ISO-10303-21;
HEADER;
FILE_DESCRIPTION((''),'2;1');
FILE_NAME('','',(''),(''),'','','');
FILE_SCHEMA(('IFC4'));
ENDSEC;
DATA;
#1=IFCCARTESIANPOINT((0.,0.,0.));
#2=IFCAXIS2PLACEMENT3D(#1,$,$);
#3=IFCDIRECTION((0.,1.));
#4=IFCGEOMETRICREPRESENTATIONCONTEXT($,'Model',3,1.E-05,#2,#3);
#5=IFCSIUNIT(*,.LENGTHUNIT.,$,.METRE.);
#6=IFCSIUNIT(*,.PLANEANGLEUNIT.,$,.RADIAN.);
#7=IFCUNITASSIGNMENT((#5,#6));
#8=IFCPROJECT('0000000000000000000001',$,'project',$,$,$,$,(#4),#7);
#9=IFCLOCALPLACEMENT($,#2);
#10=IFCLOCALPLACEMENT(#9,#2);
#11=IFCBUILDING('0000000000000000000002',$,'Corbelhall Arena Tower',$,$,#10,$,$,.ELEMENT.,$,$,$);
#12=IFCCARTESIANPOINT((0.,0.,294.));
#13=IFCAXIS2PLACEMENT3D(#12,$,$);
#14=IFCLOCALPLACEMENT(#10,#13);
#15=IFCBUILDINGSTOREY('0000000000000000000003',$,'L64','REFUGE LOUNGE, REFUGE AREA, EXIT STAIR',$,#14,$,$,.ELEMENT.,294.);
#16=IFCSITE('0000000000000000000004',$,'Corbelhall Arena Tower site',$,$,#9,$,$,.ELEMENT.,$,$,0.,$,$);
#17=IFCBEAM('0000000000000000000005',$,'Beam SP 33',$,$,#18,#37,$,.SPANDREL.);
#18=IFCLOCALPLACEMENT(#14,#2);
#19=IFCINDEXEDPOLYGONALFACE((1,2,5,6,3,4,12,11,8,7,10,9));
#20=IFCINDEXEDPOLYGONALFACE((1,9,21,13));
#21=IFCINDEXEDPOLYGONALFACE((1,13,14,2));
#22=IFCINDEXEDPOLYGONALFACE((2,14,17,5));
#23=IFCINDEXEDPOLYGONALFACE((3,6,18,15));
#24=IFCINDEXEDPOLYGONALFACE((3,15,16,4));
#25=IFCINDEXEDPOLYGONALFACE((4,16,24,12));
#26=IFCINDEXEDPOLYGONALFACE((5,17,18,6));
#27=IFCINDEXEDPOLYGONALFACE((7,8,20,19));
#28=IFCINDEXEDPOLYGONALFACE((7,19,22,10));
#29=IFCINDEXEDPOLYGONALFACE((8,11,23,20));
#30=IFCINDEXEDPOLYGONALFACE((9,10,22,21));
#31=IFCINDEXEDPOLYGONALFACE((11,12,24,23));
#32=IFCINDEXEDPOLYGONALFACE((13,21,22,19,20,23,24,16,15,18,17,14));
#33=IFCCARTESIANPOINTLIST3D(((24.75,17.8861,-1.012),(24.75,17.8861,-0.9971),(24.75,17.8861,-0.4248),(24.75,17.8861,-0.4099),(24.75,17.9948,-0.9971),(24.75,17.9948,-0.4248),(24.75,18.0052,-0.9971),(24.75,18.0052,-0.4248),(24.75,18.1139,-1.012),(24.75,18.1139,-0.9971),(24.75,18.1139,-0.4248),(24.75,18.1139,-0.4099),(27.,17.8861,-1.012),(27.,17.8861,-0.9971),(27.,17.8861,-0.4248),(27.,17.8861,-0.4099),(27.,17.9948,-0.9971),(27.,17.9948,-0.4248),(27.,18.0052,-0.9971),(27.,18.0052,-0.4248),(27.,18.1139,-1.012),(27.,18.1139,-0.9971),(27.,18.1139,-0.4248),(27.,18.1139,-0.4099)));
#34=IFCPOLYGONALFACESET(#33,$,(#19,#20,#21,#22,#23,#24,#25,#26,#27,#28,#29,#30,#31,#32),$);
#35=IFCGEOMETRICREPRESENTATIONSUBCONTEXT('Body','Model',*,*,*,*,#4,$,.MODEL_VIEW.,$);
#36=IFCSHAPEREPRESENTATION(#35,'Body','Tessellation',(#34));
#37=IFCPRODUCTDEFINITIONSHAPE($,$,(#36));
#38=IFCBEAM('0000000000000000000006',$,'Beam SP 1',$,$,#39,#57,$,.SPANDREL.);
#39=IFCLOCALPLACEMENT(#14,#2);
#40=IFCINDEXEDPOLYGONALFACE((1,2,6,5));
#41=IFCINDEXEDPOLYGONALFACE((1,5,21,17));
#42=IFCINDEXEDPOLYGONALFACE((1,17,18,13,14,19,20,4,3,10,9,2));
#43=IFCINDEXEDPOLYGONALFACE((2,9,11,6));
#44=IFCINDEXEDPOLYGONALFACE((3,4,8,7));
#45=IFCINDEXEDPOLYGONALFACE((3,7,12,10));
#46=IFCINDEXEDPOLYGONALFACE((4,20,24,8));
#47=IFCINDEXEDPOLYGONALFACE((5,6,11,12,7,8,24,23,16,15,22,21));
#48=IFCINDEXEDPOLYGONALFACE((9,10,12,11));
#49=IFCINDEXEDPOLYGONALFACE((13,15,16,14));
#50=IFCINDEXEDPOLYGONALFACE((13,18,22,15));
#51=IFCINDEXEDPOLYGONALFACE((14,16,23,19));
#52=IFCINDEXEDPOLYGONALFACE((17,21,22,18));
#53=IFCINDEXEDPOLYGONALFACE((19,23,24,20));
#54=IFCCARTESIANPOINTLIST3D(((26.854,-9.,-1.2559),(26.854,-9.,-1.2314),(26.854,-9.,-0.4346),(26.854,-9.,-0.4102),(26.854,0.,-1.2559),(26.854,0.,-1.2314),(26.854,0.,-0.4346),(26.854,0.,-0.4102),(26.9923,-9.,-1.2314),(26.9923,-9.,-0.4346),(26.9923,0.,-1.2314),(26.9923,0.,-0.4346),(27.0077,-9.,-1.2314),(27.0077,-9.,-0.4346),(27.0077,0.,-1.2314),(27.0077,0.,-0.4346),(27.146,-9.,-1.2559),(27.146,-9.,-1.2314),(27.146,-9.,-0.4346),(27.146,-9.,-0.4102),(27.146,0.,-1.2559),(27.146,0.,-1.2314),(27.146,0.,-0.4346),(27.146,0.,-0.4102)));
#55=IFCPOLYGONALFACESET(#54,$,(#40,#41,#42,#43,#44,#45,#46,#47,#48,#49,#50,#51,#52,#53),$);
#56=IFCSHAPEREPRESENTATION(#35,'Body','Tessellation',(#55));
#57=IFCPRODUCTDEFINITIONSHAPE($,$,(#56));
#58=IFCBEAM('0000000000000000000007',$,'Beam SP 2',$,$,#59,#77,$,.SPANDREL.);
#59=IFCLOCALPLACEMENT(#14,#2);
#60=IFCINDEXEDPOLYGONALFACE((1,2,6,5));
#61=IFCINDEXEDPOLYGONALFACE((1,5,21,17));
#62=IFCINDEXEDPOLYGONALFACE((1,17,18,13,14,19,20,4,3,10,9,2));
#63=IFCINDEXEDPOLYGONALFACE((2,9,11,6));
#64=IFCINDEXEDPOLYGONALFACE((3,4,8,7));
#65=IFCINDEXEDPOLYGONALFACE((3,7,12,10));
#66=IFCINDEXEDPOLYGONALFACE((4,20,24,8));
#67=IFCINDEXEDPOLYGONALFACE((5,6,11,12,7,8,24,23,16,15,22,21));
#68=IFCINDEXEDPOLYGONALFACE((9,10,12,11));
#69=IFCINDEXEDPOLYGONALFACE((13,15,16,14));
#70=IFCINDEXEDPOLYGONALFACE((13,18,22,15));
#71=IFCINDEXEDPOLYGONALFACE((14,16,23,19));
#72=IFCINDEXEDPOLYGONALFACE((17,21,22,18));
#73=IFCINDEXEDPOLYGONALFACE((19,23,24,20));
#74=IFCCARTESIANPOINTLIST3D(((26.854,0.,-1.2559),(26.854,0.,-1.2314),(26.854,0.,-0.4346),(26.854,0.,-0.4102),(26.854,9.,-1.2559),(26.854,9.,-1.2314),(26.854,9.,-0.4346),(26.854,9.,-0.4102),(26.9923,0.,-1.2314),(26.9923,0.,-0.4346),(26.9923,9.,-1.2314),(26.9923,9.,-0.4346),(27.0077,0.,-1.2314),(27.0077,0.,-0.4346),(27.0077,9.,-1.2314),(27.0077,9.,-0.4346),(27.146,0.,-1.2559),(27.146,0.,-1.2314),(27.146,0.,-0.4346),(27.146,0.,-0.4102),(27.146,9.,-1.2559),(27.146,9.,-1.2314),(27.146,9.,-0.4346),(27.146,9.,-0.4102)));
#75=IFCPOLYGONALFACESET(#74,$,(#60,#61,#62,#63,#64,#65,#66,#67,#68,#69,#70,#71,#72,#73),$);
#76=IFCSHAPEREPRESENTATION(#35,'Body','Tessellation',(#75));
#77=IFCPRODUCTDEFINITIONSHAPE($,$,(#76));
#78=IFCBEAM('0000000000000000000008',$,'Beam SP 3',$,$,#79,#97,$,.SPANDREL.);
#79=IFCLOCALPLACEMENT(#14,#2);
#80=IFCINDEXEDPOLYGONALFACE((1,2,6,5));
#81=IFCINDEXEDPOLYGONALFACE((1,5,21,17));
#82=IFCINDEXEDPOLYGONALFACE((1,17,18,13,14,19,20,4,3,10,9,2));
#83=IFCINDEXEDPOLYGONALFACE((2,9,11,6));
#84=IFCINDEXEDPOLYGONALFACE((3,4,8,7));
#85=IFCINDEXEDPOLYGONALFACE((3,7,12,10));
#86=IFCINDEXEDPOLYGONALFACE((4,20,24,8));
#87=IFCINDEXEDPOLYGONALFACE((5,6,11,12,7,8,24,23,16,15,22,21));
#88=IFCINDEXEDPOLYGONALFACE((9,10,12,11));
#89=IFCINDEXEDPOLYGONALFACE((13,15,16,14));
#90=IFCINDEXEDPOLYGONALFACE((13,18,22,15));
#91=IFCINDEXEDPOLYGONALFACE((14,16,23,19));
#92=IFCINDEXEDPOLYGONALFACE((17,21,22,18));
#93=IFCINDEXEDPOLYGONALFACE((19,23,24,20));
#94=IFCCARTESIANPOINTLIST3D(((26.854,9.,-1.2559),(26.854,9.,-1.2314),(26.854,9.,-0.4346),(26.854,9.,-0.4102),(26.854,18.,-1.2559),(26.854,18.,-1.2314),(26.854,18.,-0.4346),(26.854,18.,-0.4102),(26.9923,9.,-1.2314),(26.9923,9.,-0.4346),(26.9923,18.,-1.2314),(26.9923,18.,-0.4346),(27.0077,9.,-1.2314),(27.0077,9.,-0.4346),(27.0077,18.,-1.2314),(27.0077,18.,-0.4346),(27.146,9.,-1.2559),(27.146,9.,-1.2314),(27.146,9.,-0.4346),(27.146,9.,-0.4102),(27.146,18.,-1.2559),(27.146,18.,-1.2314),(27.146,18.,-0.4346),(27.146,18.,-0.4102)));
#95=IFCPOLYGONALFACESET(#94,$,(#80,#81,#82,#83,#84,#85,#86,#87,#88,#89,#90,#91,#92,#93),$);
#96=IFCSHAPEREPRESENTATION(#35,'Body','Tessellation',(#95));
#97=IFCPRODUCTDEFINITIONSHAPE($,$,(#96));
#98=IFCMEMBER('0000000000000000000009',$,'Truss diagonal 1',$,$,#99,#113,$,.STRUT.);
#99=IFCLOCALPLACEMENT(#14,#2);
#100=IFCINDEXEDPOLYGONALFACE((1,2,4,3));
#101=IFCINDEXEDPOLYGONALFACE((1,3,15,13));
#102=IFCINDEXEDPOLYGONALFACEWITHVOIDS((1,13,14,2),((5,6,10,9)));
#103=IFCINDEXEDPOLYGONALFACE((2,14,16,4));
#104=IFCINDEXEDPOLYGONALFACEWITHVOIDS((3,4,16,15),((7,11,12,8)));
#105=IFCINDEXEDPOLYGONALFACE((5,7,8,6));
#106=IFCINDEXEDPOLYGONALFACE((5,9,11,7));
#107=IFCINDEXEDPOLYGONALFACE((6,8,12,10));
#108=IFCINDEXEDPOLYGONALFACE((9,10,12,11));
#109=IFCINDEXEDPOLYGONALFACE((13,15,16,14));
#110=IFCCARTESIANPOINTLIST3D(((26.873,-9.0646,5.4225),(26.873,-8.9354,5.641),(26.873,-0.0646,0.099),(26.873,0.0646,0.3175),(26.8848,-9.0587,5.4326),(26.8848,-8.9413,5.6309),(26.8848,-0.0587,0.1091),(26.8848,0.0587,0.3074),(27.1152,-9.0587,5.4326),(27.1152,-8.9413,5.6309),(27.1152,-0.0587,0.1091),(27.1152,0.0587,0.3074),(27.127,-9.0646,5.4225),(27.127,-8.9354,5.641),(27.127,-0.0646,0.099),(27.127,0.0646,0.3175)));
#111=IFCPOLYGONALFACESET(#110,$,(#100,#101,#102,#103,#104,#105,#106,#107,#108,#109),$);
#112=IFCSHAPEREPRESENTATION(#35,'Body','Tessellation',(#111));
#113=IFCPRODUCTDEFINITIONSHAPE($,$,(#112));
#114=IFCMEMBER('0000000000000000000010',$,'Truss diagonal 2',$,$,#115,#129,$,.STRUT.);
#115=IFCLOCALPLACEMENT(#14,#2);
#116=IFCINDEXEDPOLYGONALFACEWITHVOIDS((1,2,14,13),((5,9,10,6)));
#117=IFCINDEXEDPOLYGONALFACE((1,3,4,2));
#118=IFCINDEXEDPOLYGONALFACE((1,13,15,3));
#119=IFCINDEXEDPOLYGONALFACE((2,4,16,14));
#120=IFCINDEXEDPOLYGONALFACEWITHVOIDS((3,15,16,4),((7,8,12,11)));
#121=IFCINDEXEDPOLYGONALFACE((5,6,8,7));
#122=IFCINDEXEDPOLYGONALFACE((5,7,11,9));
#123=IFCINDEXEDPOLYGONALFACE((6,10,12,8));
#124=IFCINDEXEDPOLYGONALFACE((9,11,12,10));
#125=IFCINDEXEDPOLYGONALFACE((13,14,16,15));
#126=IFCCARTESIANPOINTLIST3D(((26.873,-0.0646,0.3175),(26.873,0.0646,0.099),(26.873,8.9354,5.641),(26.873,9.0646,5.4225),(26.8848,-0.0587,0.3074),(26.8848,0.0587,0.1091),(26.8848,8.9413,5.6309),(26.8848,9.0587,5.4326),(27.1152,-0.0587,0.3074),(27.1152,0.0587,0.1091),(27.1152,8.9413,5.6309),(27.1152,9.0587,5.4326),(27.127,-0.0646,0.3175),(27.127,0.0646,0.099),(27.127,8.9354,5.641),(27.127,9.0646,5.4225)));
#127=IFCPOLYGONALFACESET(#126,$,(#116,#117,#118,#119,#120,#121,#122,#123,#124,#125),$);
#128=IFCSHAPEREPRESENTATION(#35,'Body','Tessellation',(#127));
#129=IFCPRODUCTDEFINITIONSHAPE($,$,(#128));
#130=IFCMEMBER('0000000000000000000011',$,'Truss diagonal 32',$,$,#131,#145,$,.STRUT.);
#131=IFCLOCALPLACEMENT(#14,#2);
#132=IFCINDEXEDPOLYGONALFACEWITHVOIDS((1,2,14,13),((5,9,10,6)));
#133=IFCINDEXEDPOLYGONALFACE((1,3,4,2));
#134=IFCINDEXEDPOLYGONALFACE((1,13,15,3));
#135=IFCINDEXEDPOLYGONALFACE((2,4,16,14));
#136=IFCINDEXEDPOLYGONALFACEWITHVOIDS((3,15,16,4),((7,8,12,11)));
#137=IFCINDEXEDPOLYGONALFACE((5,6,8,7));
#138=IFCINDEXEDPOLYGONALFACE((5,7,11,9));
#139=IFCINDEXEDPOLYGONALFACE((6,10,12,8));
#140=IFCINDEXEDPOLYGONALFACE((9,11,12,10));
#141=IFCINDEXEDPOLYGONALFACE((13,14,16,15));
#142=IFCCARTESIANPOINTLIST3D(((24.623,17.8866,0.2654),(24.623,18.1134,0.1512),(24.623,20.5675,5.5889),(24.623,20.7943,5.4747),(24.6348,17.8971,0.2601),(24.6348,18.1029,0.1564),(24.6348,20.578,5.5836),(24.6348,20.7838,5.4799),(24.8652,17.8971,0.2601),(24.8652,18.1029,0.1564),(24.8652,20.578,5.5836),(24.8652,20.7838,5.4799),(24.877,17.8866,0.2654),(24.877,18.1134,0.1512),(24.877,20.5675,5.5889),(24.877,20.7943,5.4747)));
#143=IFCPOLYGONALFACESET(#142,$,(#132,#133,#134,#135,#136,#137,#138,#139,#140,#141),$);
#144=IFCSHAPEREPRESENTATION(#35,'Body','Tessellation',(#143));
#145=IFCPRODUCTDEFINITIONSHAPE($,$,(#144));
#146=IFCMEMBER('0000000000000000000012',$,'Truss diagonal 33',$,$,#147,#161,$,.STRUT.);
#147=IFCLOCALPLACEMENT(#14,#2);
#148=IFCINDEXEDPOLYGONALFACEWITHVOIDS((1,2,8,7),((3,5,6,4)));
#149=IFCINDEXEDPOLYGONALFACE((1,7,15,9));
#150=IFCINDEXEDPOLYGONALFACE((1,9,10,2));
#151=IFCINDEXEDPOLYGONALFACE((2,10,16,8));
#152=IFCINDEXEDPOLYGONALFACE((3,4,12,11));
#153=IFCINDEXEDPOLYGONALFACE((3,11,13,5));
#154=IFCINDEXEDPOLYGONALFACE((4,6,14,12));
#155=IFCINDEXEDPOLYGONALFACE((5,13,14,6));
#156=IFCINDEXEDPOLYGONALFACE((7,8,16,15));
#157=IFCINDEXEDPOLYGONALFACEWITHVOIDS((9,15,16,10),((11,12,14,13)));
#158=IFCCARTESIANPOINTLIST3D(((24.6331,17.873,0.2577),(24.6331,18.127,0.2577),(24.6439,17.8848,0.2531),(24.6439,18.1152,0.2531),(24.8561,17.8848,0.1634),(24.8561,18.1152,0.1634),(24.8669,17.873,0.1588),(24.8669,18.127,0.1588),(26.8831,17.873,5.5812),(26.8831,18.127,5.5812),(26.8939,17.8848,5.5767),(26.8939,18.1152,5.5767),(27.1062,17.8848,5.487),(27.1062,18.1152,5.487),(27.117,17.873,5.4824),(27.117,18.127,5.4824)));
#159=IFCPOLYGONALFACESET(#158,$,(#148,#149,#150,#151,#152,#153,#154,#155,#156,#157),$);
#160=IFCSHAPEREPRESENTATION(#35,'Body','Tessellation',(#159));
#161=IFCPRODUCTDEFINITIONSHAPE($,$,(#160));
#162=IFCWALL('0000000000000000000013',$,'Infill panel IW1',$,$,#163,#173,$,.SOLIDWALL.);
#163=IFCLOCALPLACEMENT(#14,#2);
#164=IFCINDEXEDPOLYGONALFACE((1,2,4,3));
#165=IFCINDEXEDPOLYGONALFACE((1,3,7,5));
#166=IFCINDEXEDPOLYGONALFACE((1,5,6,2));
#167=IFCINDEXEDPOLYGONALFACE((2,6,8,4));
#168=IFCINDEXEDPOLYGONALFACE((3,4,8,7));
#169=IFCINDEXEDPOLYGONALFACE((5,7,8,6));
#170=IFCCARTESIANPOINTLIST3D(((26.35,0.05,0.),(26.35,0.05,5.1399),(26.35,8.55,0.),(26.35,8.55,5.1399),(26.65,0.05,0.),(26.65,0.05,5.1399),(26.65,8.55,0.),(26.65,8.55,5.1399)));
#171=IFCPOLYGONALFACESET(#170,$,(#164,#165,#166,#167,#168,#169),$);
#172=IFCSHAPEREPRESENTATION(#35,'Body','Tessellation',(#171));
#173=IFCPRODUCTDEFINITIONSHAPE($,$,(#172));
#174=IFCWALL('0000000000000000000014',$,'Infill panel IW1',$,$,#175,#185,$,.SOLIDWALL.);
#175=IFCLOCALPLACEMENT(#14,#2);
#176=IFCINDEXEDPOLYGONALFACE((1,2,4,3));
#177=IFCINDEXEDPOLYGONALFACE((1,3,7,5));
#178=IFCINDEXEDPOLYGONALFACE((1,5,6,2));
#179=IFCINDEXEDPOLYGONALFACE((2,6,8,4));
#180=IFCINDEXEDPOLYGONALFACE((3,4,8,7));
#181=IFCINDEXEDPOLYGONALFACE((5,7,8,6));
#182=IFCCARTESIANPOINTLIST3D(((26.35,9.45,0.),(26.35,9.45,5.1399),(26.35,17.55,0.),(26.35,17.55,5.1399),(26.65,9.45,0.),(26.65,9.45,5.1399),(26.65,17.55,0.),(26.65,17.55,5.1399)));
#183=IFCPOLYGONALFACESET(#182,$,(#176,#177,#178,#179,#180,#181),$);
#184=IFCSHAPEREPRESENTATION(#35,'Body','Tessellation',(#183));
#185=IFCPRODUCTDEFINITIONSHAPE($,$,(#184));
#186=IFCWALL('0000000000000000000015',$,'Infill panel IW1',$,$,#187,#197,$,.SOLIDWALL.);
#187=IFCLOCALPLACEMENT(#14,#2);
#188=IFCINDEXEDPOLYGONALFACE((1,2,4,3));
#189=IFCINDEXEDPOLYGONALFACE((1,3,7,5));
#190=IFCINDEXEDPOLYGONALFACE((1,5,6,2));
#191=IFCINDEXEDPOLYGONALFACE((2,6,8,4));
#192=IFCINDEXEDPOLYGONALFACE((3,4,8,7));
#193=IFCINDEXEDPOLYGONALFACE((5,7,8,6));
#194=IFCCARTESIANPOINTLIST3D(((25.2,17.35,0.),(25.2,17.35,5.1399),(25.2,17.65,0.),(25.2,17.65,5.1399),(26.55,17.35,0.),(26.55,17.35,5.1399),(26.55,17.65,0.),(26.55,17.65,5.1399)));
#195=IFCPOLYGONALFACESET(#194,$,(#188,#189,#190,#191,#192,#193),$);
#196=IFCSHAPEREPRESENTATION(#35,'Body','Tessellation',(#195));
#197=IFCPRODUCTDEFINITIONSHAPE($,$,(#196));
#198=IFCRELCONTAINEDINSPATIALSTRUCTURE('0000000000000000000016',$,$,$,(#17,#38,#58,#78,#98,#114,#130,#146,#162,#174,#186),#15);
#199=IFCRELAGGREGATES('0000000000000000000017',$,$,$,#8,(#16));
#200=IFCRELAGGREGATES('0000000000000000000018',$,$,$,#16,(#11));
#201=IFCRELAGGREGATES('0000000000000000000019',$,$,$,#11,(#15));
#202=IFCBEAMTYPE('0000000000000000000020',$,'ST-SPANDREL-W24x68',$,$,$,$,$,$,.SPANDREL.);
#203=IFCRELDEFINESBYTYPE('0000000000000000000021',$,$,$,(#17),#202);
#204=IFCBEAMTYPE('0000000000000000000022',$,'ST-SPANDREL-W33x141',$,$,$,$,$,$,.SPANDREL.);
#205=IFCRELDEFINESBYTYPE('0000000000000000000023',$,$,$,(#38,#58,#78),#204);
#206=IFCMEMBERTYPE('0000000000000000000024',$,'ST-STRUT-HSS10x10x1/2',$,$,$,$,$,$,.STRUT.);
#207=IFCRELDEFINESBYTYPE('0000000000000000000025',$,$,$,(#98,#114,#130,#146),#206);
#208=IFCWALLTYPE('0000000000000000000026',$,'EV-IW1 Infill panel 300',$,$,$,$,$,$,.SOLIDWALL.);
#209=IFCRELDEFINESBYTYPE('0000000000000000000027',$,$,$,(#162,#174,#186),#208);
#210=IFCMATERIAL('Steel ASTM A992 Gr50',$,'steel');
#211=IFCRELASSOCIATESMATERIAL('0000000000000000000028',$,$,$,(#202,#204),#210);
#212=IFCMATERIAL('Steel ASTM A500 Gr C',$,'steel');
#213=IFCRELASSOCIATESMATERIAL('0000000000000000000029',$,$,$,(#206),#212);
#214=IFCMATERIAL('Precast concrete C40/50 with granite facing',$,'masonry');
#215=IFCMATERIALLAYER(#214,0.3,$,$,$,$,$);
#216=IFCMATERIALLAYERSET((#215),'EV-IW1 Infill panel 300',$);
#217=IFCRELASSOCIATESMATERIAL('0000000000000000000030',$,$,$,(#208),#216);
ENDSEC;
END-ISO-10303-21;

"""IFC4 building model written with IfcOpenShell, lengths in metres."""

from ifc_helpers import new_model, si_unit, direction, frame, frame_2d, origin, origin_2d, place, context, subcontext, project, spatial, rectangle, hollow_rectangle, i_section, extrude, material, layer, layer_set, material_profile, profile_set, type_object, element, save


model = new_model("IFC4")

# Units and contexts
model_context = context("Model", 3, precision=1e-05, world=origin(), true_north=direction((0.0, 1.0)))
body_context = subcontext(model_context, "Body", "Model", "MODEL_VIEW")
ifc_project = project(units=[si_unit("LENGTHUNIT", "METRE"), si_unit("PLANEANGLEUNIT", "RADIAN")], contexts=[model_context])

# Site, building, storey
site_placement = place(None, origin())
site = spatial("IfcSite", under=ifc_project, at=site_placement, Name="Corbelhall Arena Tower site", CompositionType="ELEMENT", RefElevation=0.0)
building_placement = place(site_placement, origin())
building = spatial("IfcBuilding", under=site, at=building_placement, Name="Corbelhall Arena Tower", CompositionType="ELEMENT")
storey_placement = place(building_placement, frame((0.0, 0.0, 294.0)))
storey = spatial("IfcBuildingStorey", under=building, at=storey_placement, Name="L64", Description="REFUGE LOUNGE, REFUGE AREA, EXIT STAIR", CompositionType="ELEMENT", Elevation=294.0)

# Shared definitions
ifc_material_1 = material(Name="Steel ASTM A992 Gr50", Category="steel")

# Beams
ifc_material_profile_1 = material_profile(ifc_material_1, i_section(OverallWidth=0.2278, OverallDepth=0.6021, WebThickness=0.0105, FlangeThickness=0.0149, at=origin_2d()))
ifc_profile_set_1 = profile_set([ifc_material_profile_1], Name="Steel ASTM A992 Gr50")
beam_type_1 = type_object("IfcBeamType", Name="ST-SPANDREL-W24x68", PredefinedType="SPANDREL", material=ifc_profile_set_1)
beam_placement = place(storey_placement, frame((24.75, 18.0, -0.7109), z_axis=(1.0, 0.0, 0.0), x_axis=(0.0, 1.0, 0.0)))
element("IfcBeam", 1, at=beam_placement, inside=storey, type_object=beam_type_1, Name="Beam SP 33", PredefinedType="SPANDREL", context=body_context, shape_type="SweptSolid", body=[
    extrude(i_section(OverallWidth=0.2278, OverallDepth=0.6021, WebThickness=0.0105, FlangeThickness=0.0149, at=origin_2d()), origin(), (0.0, 0.0, 1.0), 2.25),
])
ifc_material_profile_2 = material_profile(ifc_material_1, i_section(OverallWidth=0.292, OverallDepth=0.8457, WebThickness=0.0154, FlangeThickness=0.0244, at=origin_2d()))
ifc_profile_set_2 = profile_set([ifc_material_profile_2], Name="Steel ASTM A992 Gr50")
beam_type_2 = type_object("IfcBeamType", Name="ST-SPANDREL-W33x141", PredefinedType="SPANDREL", material=ifc_profile_set_2)
for number, where, z_axis, x_axis, name in (
    (2, (27.0, 0.0, -0.833), (0.0, -1.0, 0.0), (1.0, 0.0, 0.0), "Beam SP 1"),
    (3, (27.0, 9.0, -0.833), (0.0, -1.0, 0.0), (1.0, 0.0, 0.0), "Beam SP 2"),
    (4, (27.0, 18.0, -0.833), (0.0, -1.0, 0.0), (1.0, 0.0, 0.0), "Beam SP 3"),
):
    element("IfcBeam", number, at=place(storey_placement, frame(where, z_axis=z_axis, x_axis=x_axis)), inside=storey, type_object=beam_type_2, Name=name, PredefinedType="SPANDREL", context=body_context, shape_type="SweptSolid", body=[
        extrude(i_section(OverallWidth=0.292, OverallDepth=0.8457, WebThickness=0.0154, FlangeThickness=0.0244, at=origin_2d()), origin(), (0.0, 0.0, 1.0), 9.0),
    ])

# Members
ifc_material_2 = material(Name="Steel ASTM A500 Gr C", Category="steel")
ifc_material_profile_3 = material_profile(ifc_material_2, hollow_rectangle(XDim=0.2539, YDim=0.2539, WallThickness=0.0117, at=origin_2d()))
ifc_profile_set_3 = profile_set([ifc_material_profile_3], Name="Steel ASTM A500 Gr C")
member_type_1 = type_object("IfcMemberType", Name="ST-STRUT-HSS10x10x1/2", PredefinedType="STRUT", material=ifc_profile_set_3)
for number, where, z_axis, x_axis, name in (
    (5, (27.0, 0.0, 0.2083), (0.0, -0.860704, 0.509105), (1.0, 0.0, 0.0), "Truss diagonal 1"),
    (6, (27.0, 0.0, 0.2083), (0.0, 0.860704, 0.509105), (-1.0, 0.0, 0.0), "Truss diagonal 2"),
):
    element("IfcMember", number, at=place(storey_placement, frame(where, z_axis=z_axis, x_axis=x_axis)), inside=storey, type_object=member_type_1, Name=name, PredefinedType="STRUT", context=body_context, shape_type="SweptSolid", body=[
        extrude(hollow_rectangle(XDim=0.2539, YDim=0.2539, WallThickness=0.0117, at=origin_2d()), origin(), (0.0, 0.0, 1.0), 10.4565),
    ])
member_1_placement = place(storey_placement, frame((24.75, 18.0, 0.2083), z_axis=(0.0, 0.449784, 0.893137), x_axis=(-1.0, 0.0, 0.0)))
element("IfcMember", 7, at=member_1_placement, inside=storey, type_object=member_type_1, Name="Truss diagonal 32", PredefinedType="STRUT", context=body_context, shape_type="SweptSolid", body=[
    extrude(hollow_rectangle(XDim=0.2539, YDim=0.2539, WallThickness=0.0117, at=origin_2d()), origin(), (0.0, 0.0, 1.0), 5.9604),
])
member_2_placement = place(storey_placement, frame((24.75, 18.0, 0.2083), z_axis=(0.389311, 0.0, 0.921107), x_axis=(0.0, 1.0, 0.0)))
element("IfcMember", 8, at=member_2_placement, inside=storey, type_object=member_type_1, Name="Truss diagonal 33", PredefinedType="STRUT", context=body_context, shape_type="SweptSolid", body=[
    extrude(hollow_rectangle(XDim=0.2539, YDim=0.2539, WallThickness=0.0117, at=origin_2d()), origin(), (0.0, 0.0, 1.0), 5.7795),
])

# Walls
ifc_material_3 = material(Name="Precast concrete C40/50 with granite facing", Category="masonry")
ifc_layer_1 = layer(ifc_material_3, 0.3)
ifc_layer_set_1 = layer_set([ifc_layer_1], Name="EV-IW1 Infill panel 300")
wall_type_1 = type_object("IfcWallType", Name="EV-IW1 Infill panel 300", PredefinedType="SOLIDWALL", material=ifc_layer_set_1)
wall_1_placement = place(storey_placement, frame((26.5, 0.05, 0.0), z_axis=(0.0, 0.0, 1.0), x_axis=(0.0, 1.0, 0.0)))
element("IfcWall", 9, at=wall_1_placement, inside=storey, type_object=wall_type_1, Name="Infill panel IW1", PredefinedType="SOLIDWALL", context=body_context, shape_type="SweptSolid", body=[
    extrude(rectangle(XDim=8.5, YDim=0.3, at=frame_2d((4.25, 0.0))), origin(), (0.0, 0.0, 1.0), 5.1399),
])
wall_2_placement = place(storey_placement, frame((26.5, 9.45, 0.0), z_axis=(0.0, 0.0, 1.0), x_axis=(0.0, 1.0, 0.0)))
element("IfcWall", 10, at=wall_2_placement, inside=storey, type_object=wall_type_1, Name="Infill panel IW1", PredefinedType="SOLIDWALL", context=body_context, shape_type="SweptSolid", body=[
    extrude(rectangle(XDim=8.1001, YDim=0.3, at=frame_2d((4.05, 0.0))), origin(), (0.0, 0.0, 1.0), 5.1399),
])
wall_3_placement = place(storey_placement, frame((26.55, 17.5, 0.0), z_axis=(0.0, 0.0, 1.0), x_axis=(-1.0, 0.0, 0.0)))
element("IfcWall", 11, at=wall_3_placement, inside=storey, type_object=wall_type_1, Name="Infill panel IW1", PredefinedType="SOLIDWALL", context=body_context, shape_type="SweptSolid", body=[
    extrude(rectangle(XDim=1.3501, YDim=0.3, at=frame_2d((0.675, 0.0))), origin(), (0.0, 0.0, 1.0), 5.1399),
])

save(model, "model.ifc")
